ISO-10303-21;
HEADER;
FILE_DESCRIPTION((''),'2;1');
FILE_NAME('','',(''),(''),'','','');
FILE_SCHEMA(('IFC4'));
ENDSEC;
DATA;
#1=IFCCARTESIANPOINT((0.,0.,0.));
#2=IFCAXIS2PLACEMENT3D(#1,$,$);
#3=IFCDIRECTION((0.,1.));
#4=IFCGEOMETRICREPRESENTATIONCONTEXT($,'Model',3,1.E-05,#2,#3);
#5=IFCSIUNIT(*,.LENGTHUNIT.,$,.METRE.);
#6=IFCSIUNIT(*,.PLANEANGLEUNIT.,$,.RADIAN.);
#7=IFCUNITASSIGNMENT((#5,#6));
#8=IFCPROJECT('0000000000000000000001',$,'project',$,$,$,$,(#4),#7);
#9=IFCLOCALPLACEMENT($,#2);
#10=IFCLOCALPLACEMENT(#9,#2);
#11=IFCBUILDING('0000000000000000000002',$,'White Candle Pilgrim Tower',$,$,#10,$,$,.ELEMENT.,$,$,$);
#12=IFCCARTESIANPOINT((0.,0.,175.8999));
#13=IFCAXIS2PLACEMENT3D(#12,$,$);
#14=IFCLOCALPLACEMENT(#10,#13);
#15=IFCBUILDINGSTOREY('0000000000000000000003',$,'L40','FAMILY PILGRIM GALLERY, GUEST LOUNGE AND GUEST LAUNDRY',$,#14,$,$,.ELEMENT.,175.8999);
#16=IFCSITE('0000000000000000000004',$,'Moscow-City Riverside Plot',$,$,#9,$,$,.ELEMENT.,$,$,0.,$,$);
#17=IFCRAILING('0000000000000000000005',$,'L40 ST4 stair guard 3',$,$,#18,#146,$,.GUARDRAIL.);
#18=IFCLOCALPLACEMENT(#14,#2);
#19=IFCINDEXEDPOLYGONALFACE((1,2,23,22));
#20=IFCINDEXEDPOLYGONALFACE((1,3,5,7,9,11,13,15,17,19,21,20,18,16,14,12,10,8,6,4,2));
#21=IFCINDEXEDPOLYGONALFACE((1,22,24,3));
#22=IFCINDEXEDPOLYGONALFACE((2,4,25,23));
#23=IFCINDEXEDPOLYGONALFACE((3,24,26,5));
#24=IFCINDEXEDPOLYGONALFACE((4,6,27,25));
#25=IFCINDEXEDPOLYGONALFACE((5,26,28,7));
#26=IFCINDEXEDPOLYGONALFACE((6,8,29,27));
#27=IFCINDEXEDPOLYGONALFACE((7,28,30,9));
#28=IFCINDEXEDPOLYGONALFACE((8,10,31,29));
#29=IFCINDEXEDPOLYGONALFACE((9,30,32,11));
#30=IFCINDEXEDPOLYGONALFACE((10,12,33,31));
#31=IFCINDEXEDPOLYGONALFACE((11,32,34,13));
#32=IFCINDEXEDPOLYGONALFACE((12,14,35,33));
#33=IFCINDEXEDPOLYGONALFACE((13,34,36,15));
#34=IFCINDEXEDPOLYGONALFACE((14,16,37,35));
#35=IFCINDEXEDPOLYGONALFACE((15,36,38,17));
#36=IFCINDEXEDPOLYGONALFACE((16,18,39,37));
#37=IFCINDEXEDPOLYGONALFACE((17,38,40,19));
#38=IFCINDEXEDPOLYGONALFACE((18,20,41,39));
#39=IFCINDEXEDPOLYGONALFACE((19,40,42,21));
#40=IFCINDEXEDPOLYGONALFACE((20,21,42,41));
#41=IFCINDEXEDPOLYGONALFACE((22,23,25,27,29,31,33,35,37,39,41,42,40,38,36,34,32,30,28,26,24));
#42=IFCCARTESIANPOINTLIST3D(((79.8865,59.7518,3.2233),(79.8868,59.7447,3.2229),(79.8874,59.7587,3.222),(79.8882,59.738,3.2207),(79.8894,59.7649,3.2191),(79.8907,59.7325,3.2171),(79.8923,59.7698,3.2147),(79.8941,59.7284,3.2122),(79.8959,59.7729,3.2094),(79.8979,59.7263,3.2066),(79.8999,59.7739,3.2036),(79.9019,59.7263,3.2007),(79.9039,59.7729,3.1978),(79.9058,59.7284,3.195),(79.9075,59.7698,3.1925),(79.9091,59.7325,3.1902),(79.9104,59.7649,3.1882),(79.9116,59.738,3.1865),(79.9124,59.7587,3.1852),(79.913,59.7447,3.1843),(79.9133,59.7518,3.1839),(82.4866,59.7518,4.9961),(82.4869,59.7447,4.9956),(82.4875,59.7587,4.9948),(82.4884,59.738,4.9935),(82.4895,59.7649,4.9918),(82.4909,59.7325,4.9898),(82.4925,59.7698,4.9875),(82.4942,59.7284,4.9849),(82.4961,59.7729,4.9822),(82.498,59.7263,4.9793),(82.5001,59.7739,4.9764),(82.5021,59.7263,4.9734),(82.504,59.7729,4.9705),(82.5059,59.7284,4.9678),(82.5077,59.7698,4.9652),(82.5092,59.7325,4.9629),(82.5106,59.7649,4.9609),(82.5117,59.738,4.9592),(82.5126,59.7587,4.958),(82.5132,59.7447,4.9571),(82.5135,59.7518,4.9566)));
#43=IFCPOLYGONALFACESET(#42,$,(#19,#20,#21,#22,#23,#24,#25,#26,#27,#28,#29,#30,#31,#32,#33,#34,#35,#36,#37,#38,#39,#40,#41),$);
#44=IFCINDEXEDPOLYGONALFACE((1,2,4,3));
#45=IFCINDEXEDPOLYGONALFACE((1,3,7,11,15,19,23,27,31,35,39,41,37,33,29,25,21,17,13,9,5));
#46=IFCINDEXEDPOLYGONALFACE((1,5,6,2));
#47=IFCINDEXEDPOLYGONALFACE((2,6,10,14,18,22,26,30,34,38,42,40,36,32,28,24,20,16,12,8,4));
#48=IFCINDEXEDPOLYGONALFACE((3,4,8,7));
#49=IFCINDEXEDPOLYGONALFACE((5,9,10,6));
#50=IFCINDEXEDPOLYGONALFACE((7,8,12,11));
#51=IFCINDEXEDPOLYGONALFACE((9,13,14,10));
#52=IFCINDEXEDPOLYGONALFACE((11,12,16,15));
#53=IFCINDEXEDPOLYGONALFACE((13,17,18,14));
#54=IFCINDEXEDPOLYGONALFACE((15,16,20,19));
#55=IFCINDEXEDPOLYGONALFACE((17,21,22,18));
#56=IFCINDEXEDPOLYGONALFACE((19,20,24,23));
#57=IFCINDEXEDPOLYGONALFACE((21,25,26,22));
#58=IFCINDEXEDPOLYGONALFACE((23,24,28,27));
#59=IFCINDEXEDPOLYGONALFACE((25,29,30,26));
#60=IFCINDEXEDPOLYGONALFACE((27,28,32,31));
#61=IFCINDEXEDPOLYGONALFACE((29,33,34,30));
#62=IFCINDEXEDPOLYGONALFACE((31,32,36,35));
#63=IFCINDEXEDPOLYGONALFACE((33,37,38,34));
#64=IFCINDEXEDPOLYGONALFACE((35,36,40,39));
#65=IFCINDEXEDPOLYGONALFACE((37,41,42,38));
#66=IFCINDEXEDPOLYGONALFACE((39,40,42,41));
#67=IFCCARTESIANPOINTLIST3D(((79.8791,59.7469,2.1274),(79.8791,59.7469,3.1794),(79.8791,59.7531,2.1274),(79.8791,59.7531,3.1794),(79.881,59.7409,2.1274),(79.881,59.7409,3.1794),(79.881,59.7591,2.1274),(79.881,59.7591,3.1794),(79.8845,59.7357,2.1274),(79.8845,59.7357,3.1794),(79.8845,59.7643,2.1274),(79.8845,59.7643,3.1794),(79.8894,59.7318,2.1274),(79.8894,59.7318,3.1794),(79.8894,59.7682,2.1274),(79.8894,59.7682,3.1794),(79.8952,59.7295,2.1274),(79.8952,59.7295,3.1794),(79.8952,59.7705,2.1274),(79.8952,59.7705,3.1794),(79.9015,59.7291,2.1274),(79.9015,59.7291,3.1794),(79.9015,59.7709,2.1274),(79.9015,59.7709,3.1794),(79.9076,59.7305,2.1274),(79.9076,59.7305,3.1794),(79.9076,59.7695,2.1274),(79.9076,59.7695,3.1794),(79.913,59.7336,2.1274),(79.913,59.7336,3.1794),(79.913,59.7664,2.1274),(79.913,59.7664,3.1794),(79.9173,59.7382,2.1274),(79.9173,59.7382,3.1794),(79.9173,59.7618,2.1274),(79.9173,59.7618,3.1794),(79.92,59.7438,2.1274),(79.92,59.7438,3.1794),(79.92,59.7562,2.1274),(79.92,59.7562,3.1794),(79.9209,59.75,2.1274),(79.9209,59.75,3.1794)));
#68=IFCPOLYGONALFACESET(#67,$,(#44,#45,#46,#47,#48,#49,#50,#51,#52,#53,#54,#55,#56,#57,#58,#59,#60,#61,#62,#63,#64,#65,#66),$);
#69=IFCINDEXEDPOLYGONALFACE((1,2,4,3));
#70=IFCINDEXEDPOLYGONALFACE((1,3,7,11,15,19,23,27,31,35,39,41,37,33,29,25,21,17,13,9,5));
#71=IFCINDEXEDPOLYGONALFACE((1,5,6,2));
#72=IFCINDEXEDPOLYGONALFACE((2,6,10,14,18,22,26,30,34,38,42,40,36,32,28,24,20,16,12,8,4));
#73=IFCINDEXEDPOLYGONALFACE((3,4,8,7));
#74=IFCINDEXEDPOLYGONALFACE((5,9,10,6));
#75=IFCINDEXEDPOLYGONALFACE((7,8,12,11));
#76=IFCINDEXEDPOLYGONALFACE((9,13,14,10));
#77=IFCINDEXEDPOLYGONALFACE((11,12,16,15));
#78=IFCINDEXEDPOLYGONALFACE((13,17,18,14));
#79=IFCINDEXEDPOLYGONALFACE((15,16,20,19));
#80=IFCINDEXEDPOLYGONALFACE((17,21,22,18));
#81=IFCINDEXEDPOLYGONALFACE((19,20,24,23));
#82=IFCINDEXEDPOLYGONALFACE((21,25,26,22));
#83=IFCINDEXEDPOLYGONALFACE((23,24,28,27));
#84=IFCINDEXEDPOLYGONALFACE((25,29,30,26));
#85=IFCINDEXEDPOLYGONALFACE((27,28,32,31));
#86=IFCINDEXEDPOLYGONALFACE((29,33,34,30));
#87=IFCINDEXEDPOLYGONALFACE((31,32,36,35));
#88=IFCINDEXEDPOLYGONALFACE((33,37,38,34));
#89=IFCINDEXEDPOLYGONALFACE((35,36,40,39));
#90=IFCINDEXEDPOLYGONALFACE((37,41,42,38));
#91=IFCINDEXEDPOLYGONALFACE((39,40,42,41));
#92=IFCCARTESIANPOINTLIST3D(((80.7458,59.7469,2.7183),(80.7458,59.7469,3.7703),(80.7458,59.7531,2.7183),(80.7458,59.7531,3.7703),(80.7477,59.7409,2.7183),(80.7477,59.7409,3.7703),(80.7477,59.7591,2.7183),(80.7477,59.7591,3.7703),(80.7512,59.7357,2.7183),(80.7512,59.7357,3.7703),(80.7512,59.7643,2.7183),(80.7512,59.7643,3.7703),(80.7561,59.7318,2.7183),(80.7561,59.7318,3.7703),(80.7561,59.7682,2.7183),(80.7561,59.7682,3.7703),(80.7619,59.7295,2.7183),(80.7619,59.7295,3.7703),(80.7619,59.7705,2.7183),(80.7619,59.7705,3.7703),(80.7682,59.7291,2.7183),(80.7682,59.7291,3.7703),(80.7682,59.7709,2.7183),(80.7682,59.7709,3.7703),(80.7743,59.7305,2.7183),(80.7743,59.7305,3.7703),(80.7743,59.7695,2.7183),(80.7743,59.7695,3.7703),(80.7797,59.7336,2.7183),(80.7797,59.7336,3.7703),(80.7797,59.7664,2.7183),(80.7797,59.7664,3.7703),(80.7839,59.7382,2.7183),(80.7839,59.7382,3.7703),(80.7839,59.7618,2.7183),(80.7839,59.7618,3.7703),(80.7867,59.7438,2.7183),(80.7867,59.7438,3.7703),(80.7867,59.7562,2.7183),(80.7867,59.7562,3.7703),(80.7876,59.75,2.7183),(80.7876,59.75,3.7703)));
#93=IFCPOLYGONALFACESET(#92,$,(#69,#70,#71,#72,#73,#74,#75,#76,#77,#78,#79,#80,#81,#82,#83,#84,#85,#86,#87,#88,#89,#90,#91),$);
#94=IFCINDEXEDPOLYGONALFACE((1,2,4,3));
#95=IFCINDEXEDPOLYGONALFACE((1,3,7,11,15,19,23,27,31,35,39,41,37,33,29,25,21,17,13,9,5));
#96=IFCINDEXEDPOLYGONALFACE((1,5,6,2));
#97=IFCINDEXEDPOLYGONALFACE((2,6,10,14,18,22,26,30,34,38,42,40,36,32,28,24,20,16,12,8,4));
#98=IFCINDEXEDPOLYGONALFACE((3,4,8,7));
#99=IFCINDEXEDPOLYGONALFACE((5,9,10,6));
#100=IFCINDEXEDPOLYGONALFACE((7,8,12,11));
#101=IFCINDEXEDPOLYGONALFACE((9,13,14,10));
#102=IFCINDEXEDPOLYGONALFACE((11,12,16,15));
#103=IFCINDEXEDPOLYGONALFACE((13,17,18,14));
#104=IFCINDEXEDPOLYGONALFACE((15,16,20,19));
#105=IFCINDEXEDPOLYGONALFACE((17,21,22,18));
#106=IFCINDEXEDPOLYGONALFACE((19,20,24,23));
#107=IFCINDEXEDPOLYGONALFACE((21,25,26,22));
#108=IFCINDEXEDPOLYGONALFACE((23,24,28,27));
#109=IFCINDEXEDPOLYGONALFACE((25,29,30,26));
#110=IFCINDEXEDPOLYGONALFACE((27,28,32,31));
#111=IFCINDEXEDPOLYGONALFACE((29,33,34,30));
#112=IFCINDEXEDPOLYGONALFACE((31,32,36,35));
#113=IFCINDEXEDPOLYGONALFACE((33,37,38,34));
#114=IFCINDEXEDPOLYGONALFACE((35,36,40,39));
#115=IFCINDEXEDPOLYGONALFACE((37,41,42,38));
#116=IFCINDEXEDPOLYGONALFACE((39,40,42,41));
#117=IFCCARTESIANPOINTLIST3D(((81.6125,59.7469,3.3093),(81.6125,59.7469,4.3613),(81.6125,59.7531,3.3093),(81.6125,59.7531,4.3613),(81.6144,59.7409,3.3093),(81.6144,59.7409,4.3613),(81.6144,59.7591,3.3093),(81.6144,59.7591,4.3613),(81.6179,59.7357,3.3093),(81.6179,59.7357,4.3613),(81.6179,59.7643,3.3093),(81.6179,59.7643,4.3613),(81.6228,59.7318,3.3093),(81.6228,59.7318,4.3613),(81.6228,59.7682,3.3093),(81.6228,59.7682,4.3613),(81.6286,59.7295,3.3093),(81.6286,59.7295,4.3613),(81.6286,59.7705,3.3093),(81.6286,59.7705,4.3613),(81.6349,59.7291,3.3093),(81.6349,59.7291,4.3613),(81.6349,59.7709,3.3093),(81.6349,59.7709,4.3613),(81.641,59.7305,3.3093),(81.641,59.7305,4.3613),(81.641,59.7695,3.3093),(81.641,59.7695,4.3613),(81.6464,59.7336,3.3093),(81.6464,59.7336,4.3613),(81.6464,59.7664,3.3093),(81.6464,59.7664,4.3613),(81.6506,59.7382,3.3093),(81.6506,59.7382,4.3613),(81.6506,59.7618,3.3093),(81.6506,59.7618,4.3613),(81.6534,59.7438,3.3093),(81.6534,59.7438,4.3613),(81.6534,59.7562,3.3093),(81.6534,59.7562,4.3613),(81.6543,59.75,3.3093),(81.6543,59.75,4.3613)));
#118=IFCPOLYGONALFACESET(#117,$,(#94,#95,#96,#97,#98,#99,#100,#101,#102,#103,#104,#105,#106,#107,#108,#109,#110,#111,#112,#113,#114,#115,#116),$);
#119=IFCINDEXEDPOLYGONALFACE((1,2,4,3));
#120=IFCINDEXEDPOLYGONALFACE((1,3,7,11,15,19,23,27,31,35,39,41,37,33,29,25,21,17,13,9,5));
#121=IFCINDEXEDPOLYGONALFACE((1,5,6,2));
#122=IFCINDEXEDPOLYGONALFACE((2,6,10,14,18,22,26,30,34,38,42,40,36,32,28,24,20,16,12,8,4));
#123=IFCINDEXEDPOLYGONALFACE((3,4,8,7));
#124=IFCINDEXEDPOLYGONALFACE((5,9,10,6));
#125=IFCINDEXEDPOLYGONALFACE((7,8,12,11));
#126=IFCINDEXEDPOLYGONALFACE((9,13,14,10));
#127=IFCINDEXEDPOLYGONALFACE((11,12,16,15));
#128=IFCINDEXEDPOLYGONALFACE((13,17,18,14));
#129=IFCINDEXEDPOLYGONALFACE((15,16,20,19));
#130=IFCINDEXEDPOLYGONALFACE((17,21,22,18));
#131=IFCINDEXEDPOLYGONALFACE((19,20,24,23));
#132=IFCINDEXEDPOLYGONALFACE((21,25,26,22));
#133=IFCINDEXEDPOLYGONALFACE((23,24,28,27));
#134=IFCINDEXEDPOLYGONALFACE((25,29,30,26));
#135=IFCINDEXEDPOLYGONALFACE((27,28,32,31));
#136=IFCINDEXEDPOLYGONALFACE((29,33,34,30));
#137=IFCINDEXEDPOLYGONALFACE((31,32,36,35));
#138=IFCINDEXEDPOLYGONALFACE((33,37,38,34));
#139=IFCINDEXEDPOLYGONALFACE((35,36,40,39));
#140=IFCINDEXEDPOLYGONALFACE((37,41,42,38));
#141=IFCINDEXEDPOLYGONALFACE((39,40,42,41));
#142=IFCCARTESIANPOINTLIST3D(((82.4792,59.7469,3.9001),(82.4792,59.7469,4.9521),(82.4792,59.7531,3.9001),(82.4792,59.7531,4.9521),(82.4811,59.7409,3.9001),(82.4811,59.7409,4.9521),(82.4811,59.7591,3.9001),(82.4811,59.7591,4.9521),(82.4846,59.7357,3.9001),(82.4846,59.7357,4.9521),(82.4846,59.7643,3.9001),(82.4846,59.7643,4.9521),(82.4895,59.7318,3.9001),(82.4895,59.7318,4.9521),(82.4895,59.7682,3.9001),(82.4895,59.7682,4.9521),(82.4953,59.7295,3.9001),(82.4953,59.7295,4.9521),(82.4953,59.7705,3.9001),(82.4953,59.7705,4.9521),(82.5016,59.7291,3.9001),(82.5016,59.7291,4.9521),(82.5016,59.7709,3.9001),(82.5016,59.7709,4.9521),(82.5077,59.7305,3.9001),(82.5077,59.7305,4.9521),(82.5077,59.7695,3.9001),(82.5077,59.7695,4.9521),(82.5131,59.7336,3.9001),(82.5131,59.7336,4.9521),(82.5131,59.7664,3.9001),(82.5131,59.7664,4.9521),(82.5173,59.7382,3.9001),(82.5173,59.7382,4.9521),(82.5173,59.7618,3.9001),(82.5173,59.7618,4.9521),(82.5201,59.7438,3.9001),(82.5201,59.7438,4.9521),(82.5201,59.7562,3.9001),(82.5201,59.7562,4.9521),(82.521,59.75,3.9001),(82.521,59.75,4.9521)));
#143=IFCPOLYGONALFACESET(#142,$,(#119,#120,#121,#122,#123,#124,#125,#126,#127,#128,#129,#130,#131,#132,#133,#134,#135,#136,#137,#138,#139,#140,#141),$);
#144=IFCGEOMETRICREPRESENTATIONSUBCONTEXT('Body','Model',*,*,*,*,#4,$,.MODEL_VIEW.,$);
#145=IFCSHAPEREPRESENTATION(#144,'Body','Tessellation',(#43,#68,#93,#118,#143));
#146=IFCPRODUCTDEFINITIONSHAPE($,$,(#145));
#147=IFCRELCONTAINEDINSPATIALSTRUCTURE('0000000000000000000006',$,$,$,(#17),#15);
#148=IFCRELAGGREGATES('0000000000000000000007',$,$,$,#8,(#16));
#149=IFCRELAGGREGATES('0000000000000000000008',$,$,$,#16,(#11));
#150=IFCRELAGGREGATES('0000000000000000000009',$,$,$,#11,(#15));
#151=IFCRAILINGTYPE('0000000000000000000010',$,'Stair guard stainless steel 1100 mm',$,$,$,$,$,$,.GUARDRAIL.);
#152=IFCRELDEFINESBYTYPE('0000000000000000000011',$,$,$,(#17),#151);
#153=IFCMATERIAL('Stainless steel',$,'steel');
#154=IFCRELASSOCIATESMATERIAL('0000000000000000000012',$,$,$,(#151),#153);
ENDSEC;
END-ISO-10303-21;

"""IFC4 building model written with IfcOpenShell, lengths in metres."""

from ifc_helpers import new_model, si_unit, direction, frame, origin, origin_2d, place, context, subcontext, project, spatial, circle, extrude, material, type_object, element, save


model = new_model("IFC4")

# Units and contexts
model_context = context("Model", 3, precision=1e-05, world=origin(), true_north=direction((0.0, 1.0)))
body_context = subcontext(model_context, "Body", "Model", "MODEL_VIEW")
ifc_project = project(units=[si_unit("LENGTHUNIT", "METRE"), si_unit("PLANEANGLEUNIT", "RADIAN")], contexts=[model_context])

# Site, building, storey
site_placement = place(None, origin())
site = spatial("IfcSite", under=ifc_project, at=site_placement, Name="Moscow-City Riverside Plot", CompositionType="ELEMENT", RefElevation=0.0)
building_placement = place(site_placement, origin())
building = spatial("IfcBuilding", under=site, at=building_placement, Name="White Candle Pilgrim Tower", CompositionType="ELEMENT")
storey_placement = place(building_placement, frame((0.0, 0.0, 175.8999)))
storey = spatial("IfcBuildingStorey", under=building, at=storey_placement, Name="L40", Description="FAMILY PILGRIM GALLERY, GUEST LOUNGE AND GUEST LAUNDRY", CompositionType="ELEMENT", Elevation=175.8999)

# Railing
ifc_material_1 = material(Name="Stainless steel", Category="steel")
railing_type_1 = type_object("IfcRailingType", Name="Stair guard stainless steel 1100 mm", PredefinedType="GUARDRAIL", material=ifc_material_1)
railing_1_placement = place(storey_placement, frame((79.8999, 59.75, 2.1274)))
element("IfcRailing", 1, at=railing_1_placement, inside=storey, type_object=railing_type_1, Name="L40 ST4 stair guard 3", PredefinedType="GUARDRAIL", context=body_context, shape_type="SweptSolid", body=[
    extrude(circle(Radius=0.0239, at=origin_2d()), frame((0.0, 0.0, 1.0762), z_axis=(0.82624, 0.0, 0.563318), x_axis=(0.0, 1.0, 0.0)), (0.0, 0.0, 1.0), 3.147),
    extrude(circle(Radius=0.021, at=origin_2d()), origin(), (0.0, 0.0, 1.0), 1.052),
    extrude(circle(Radius=0.021, at=origin_2d()), frame((0.8667, 0.0, 0.5908)), (0.0, 0.0, 1.0), 1.052),
    extrude(circle(Radius=0.021, at=origin_2d()), frame((1.7334, 0.0, 1.1819)), (0.0, 0.0, 1.0), 1.052),
    extrude(circle(Radius=0.021, at=origin_2d()), frame((2.6001, 0.0, 1.7727)), (0.0, 0.0, 1.0), 1.052),
])

save(model, "model.ifc")
